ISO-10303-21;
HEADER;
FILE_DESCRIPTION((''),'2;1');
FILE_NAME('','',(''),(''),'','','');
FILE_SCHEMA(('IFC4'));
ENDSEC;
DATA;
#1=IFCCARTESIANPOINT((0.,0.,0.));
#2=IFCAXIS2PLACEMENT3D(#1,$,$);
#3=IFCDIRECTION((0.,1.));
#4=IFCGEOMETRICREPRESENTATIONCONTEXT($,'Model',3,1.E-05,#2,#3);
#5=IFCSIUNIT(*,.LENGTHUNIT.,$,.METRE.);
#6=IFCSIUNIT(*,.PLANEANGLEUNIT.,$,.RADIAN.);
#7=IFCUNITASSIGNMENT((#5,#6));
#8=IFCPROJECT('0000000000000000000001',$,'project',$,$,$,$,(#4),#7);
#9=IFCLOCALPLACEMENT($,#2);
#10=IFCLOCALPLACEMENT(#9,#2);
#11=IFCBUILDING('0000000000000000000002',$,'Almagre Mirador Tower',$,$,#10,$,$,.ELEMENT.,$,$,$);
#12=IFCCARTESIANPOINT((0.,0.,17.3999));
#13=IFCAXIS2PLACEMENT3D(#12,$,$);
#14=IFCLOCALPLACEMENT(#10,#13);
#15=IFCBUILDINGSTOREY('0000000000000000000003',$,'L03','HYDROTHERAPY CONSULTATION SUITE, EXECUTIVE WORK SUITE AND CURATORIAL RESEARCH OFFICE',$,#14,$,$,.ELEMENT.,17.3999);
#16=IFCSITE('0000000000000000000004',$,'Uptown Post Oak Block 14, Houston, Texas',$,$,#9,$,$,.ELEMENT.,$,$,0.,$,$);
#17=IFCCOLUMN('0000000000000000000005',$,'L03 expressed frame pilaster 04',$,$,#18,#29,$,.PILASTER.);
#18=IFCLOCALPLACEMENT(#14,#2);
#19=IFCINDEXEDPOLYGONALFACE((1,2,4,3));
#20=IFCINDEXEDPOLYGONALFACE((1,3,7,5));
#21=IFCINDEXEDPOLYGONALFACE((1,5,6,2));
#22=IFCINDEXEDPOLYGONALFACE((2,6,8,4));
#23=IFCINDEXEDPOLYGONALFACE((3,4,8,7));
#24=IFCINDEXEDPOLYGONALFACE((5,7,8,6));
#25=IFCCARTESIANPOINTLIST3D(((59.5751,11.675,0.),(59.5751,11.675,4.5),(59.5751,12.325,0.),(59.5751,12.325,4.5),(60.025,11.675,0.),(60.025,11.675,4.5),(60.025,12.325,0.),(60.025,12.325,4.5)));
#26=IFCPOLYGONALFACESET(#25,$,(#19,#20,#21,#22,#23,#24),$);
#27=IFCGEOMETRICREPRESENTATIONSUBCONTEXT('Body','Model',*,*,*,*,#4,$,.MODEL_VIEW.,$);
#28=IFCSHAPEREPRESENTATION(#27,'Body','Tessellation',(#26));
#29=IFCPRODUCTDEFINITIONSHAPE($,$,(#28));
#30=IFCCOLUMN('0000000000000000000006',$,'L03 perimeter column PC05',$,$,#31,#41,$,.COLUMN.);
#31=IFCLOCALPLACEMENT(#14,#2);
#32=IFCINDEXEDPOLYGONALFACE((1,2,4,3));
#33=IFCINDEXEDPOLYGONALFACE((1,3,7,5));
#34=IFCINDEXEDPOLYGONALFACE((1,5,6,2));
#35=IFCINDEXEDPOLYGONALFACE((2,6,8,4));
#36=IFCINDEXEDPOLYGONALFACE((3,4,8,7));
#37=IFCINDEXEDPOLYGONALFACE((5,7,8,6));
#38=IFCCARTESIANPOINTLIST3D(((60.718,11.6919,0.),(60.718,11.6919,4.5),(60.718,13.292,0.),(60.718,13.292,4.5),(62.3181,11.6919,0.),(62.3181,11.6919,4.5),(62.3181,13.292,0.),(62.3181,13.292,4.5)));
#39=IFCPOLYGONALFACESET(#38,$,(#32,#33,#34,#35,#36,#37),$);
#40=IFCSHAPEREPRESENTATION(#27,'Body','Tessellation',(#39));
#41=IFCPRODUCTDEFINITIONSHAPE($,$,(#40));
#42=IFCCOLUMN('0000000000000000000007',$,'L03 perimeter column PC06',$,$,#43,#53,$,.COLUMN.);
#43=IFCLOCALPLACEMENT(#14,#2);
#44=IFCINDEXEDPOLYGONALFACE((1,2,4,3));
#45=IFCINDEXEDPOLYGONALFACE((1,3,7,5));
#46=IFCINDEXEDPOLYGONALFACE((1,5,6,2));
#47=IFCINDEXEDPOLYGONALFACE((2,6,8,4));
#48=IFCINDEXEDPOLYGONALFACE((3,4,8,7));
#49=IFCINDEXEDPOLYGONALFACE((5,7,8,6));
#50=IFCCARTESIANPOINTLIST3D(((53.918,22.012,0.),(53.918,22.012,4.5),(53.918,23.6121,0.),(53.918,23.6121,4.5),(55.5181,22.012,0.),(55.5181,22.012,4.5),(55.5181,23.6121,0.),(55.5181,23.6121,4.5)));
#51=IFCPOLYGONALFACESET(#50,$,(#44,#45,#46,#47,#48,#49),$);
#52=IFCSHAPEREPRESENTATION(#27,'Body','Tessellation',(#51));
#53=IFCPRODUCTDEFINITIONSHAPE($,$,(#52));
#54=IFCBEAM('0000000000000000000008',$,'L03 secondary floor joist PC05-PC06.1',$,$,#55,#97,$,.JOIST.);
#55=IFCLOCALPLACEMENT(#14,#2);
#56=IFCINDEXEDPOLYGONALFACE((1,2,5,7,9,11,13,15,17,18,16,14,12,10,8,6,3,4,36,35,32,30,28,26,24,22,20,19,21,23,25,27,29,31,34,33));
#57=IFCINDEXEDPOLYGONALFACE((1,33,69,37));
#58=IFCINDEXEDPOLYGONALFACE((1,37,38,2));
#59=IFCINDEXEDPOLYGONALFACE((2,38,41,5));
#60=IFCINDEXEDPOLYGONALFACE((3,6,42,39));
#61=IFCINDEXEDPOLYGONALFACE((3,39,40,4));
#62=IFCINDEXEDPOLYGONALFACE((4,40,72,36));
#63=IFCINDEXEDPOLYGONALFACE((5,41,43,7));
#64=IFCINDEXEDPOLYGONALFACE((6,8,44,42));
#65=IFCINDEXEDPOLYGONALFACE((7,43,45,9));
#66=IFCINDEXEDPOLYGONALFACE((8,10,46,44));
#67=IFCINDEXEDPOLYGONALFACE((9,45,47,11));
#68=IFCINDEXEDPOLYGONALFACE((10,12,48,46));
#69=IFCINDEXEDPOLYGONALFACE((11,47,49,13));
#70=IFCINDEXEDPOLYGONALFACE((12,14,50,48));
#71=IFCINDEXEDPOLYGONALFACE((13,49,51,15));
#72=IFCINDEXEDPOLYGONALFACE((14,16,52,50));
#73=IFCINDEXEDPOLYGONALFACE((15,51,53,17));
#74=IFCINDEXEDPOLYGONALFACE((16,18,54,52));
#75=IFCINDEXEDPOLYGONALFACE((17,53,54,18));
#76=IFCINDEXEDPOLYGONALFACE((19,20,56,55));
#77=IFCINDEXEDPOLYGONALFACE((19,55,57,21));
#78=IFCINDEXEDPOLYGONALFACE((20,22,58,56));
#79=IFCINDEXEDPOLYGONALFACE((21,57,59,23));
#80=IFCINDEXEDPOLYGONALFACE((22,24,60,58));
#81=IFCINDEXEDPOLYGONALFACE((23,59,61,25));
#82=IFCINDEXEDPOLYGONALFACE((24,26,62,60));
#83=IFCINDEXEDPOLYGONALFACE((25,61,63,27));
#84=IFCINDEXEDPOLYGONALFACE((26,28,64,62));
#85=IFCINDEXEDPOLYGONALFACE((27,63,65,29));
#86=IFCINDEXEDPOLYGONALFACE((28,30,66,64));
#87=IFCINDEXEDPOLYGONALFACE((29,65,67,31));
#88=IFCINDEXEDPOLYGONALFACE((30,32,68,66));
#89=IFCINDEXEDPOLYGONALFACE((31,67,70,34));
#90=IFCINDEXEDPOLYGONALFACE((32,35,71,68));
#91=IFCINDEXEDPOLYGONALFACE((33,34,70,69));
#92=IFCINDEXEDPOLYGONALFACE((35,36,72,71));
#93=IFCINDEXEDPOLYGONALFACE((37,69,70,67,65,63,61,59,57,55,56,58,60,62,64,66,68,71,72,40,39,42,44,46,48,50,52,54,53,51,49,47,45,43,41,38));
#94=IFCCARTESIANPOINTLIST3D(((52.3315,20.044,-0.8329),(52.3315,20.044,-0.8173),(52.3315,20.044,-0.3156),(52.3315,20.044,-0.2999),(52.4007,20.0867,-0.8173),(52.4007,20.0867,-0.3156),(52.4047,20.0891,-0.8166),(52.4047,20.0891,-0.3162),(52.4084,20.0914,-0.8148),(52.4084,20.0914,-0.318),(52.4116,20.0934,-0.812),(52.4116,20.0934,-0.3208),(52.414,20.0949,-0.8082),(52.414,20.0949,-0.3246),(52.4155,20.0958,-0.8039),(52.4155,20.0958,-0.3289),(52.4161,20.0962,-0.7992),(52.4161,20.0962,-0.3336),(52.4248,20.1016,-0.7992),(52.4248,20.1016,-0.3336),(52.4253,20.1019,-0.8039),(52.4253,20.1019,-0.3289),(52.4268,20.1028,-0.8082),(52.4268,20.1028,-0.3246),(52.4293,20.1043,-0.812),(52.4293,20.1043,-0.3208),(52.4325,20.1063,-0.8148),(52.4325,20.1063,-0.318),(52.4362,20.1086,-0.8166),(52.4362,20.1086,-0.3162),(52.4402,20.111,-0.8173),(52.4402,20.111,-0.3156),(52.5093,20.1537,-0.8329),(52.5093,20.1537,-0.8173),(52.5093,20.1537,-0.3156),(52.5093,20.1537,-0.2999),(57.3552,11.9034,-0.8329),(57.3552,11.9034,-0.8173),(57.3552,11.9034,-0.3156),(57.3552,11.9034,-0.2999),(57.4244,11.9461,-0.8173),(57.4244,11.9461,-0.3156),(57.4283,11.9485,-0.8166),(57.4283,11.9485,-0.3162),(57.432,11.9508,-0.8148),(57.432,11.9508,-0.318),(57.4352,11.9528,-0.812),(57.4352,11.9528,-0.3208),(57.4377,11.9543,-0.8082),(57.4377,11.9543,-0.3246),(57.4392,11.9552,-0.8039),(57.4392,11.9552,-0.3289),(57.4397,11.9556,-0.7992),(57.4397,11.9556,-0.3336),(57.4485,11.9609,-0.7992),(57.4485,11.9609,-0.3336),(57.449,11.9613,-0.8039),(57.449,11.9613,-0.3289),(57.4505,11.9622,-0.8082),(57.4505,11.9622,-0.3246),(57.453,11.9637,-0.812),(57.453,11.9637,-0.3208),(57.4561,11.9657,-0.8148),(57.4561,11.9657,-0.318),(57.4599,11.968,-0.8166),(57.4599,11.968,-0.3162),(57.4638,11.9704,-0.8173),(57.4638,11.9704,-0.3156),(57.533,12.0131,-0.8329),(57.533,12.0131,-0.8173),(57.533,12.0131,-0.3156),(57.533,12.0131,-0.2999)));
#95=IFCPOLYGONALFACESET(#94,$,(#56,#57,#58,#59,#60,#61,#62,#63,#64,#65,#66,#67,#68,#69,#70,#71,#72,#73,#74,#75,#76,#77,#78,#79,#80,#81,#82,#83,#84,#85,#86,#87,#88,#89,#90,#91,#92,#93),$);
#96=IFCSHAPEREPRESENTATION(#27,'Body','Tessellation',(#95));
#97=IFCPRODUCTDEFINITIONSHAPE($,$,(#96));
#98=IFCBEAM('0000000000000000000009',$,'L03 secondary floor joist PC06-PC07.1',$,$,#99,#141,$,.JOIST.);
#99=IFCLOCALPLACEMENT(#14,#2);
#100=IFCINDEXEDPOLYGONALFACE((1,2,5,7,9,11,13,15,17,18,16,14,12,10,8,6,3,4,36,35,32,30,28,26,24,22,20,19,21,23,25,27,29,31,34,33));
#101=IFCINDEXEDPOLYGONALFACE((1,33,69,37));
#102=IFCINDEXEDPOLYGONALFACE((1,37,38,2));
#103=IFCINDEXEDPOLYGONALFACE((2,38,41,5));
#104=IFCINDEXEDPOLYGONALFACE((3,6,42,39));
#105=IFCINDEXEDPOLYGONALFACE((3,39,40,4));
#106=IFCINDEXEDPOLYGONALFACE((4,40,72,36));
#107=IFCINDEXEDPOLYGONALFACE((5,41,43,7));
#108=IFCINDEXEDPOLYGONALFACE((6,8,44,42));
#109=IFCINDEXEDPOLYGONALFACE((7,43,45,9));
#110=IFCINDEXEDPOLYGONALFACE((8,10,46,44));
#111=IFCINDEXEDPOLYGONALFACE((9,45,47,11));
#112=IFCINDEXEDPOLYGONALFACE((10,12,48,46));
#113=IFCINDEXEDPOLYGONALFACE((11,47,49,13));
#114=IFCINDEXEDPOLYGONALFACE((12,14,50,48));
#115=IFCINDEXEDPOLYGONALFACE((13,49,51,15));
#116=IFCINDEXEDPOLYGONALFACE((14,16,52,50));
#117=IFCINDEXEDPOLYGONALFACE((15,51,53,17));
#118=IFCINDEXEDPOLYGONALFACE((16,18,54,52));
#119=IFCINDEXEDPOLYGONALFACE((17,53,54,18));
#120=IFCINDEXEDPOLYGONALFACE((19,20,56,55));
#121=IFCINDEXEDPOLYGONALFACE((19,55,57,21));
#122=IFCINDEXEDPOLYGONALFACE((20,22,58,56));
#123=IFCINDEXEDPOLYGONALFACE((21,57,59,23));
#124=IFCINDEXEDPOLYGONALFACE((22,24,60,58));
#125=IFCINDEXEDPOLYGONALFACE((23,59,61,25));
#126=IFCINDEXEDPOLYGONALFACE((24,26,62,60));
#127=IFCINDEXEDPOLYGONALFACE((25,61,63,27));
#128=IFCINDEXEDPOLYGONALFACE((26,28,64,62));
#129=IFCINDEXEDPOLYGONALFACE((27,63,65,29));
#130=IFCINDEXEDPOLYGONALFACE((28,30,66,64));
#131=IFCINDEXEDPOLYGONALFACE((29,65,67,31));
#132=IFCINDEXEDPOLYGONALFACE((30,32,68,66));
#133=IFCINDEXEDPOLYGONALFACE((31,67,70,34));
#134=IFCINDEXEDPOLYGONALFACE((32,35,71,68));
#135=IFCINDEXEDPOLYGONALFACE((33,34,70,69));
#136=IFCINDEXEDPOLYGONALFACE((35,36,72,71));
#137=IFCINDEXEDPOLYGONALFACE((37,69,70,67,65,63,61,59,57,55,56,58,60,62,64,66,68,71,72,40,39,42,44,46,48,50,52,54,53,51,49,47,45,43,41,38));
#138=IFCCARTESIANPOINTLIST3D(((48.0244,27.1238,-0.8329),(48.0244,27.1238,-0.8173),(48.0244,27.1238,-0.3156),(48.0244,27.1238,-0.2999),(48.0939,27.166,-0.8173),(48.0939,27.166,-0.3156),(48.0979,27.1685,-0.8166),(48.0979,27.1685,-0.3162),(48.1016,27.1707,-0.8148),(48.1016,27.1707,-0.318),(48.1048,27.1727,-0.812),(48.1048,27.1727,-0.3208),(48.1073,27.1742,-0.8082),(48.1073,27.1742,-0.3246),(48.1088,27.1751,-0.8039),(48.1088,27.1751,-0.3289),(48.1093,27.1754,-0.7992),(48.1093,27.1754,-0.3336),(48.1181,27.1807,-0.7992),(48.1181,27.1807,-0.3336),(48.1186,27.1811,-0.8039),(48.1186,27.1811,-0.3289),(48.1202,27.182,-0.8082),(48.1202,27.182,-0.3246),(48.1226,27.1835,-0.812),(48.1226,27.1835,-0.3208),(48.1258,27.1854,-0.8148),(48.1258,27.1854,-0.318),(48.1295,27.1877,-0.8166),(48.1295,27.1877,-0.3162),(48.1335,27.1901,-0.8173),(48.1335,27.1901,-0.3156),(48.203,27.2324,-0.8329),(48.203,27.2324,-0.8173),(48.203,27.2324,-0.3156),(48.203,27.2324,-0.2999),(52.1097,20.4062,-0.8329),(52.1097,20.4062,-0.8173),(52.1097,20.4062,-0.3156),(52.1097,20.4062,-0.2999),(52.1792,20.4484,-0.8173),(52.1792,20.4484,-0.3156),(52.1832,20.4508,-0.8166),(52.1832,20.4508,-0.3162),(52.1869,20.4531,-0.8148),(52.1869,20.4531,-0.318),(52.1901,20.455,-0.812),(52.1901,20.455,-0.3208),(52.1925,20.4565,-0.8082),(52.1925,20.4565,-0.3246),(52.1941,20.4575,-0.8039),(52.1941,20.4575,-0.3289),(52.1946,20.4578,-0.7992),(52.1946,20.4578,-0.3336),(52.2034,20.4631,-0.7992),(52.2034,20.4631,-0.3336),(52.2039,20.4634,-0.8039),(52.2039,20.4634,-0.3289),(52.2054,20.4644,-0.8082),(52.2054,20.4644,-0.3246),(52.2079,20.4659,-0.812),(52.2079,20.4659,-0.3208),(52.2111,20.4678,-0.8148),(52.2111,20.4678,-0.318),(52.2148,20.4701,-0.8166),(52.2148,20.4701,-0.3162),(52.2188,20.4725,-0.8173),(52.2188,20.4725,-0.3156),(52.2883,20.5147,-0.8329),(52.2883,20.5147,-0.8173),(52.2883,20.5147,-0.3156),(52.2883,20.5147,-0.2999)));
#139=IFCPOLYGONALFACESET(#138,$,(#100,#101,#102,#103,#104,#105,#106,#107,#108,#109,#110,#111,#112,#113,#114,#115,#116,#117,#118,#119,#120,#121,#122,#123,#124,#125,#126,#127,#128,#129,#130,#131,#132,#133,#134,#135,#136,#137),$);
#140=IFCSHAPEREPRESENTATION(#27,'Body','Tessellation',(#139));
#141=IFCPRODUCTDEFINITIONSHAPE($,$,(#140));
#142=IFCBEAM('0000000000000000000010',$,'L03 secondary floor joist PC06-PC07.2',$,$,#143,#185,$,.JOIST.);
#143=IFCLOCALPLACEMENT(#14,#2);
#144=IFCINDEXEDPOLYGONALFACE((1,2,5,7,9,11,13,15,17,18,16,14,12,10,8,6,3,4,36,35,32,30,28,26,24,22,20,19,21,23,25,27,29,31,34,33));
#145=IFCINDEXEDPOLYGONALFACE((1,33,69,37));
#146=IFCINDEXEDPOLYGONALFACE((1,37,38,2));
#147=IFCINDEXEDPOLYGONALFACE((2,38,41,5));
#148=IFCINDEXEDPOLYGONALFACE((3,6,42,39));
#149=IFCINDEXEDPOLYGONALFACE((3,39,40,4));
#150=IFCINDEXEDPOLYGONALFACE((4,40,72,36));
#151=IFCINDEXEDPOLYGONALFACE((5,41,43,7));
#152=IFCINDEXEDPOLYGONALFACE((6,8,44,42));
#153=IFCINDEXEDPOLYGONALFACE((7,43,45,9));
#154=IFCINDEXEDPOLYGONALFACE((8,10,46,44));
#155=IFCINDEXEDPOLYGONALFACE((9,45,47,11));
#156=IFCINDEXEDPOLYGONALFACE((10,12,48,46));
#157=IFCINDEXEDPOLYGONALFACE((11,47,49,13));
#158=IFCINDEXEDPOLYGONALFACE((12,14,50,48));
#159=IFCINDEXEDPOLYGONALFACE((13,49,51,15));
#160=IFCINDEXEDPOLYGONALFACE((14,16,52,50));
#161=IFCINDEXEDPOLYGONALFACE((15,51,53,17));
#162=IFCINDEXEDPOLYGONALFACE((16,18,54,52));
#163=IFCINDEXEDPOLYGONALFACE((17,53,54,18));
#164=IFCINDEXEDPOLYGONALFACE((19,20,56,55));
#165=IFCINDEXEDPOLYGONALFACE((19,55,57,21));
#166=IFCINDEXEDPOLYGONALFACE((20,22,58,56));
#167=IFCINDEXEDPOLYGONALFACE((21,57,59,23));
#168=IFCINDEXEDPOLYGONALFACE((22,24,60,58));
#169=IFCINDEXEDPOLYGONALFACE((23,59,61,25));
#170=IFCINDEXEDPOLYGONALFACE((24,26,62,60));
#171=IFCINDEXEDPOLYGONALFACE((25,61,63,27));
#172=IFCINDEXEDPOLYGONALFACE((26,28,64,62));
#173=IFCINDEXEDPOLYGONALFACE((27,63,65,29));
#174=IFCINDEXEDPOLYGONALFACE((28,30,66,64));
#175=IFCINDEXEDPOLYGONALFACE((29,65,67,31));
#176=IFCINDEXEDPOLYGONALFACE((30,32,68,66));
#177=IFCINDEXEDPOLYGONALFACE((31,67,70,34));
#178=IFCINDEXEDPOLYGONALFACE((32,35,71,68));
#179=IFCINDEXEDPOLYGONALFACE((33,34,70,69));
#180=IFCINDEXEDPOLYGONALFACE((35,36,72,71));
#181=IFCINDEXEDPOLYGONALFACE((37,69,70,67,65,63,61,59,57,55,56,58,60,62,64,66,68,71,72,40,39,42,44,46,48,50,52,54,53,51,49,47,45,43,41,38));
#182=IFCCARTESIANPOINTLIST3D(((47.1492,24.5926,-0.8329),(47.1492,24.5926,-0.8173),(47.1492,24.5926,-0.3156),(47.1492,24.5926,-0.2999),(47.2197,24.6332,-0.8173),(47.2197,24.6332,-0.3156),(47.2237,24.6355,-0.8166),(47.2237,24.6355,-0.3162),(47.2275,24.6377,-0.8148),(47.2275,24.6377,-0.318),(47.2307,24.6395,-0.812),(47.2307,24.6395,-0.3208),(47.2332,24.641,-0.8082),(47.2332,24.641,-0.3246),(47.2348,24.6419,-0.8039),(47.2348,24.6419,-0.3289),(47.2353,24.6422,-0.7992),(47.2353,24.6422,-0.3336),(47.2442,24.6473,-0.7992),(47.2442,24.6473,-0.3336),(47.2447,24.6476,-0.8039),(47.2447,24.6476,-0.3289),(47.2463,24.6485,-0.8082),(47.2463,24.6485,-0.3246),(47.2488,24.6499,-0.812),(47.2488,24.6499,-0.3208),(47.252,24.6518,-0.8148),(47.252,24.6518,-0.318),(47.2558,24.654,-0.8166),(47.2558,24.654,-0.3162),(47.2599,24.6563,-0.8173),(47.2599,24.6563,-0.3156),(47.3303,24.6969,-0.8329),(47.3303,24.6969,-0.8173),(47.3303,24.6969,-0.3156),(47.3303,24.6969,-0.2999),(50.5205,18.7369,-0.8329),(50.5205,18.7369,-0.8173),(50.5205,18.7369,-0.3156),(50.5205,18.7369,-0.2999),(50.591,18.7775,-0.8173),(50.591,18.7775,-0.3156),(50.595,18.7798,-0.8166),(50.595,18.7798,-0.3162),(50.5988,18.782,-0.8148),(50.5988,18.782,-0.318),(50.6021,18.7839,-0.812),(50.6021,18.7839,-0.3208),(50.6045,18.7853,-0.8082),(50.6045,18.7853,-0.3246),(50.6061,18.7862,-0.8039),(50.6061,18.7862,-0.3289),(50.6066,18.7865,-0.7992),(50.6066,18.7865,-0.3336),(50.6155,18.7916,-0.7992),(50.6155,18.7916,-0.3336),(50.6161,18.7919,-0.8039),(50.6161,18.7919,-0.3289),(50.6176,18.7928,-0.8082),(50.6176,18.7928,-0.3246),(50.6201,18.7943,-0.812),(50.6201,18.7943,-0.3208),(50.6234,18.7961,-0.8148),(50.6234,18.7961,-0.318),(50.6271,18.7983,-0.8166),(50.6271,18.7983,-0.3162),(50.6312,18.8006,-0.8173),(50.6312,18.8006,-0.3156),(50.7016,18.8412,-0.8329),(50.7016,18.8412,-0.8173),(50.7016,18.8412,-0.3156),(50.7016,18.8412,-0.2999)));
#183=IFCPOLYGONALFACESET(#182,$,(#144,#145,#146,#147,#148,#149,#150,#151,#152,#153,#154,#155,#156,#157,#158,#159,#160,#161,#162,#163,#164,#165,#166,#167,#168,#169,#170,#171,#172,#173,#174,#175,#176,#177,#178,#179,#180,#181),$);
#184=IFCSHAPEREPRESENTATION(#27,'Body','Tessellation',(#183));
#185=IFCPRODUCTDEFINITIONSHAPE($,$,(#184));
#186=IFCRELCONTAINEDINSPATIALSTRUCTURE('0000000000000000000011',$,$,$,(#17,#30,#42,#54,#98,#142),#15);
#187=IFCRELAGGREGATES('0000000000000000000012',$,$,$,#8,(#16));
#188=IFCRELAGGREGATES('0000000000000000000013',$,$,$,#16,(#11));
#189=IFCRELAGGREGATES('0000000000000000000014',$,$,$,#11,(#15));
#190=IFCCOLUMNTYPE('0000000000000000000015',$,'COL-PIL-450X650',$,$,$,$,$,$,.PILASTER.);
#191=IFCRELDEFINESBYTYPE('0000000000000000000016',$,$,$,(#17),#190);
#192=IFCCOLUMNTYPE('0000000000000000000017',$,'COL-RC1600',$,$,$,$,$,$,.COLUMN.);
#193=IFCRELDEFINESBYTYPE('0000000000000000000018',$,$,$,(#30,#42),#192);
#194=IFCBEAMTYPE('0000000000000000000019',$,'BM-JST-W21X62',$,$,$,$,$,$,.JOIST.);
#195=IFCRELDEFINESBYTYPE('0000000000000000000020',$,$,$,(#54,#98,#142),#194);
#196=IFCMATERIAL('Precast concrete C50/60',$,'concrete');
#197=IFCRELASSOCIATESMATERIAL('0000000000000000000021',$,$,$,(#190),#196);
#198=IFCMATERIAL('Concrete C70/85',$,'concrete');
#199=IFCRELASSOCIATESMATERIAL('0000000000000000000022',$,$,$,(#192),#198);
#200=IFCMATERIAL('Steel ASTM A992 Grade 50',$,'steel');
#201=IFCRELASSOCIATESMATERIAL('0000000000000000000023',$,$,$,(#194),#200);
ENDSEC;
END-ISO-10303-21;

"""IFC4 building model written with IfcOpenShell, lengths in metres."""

from ifc_helpers import new_model, si_unit, direction, frame, origin, origin_2d, place, context, subcontext, project, spatial, rectangle, i_section, extrude, material, material_profile, profile_set, type_object, element, save


model = new_model("IFC4")

# Units and contexts
model_context = context("Model", 3, precision=1e-05, world=origin(), true_north=direction((0.0, 1.0)))
body_context = subcontext(model_context, "Body", "Model", "MODEL_VIEW")
ifc_project = project(units=[si_unit("LENGTHUNIT", "METRE"), si_unit("PLANEANGLEUNIT", "RADIAN")], contexts=[model_context])

# Site, building, storey
site_placement = place(None, origin())
site = spatial("IfcSite", under=ifc_project, at=site_placement, Name="Uptown Post Oak Block 14, Houston, Texas", CompositionType="ELEMENT", RefElevation=0.0)
building_placement = place(site_placement, origin())
building = spatial("IfcBuilding", under=site, at=building_placement, Name="Almagre Mirador Tower", CompositionType="ELEMENT")
storey_placement = place(building_placement, frame((0.0, 0.0, 17.3999)))
storey = spatial("IfcBuildingStorey", under=building, at=storey_placement, Name="L03", Description="HYDROTHERAPY CONSULTATION SUITE, EXECUTIVE WORK SUITE AND CURATORIAL RESEARCH OFFICE", CompositionType="ELEMENT", Elevation=17.3999)

# Columns
ifc_material_1 = material(Name="Precast concrete C50/60", Category="concrete")
ifc_material_profile_1 = material_profile(ifc_material_1, rectangle(XDim=0.45, YDim=0.6499, at=origin_2d()), Name="RC450X650")
ifc_profile_set_1 = profile_set([ifc_material_profile_1], Name="Precast concrete C50/60")
column_type_1 = type_object("IfcColumnType", Name="COL-PIL-450X650", PredefinedType="PILASTER", material=ifc_profile_set_1)
column_placement = place(storey_placement, frame((59.8, 12.0, 0.0), z_axis=(0.0, 0.0, 1.0), x_axis=(1.0, 0.0, 0.0)))
element("IfcColumn", 1, at=column_placement, inside=storey, type_object=column_type_1, Name="L03 expressed frame pilaster 04", PredefinedType="PILASTER", context=body_context, shape_type="SweptSolid", body=[
    extrude(rectangle(XDim=0.45, YDim=0.6499, at=origin_2d()), origin(), (0.0, 0.0, 1.0), 4.5),
])
ifc_material_2 = material(Name="Concrete C70/85", Category="concrete")
ifc_material_profile_2 = material_profile(ifc_material_2, rectangle(XDim=1.6001, YDim=1.6001, at=origin_2d()), Name="RC1600X1600")
ifc_profile_set_2 = profile_set([ifc_material_profile_2], Name="Concrete C70/85")
column_type_2 = type_object("IfcColumnType", Name="COL-RC1600", PredefinedType="COLUMN", material=ifc_profile_set_2)
for number, where, z_axis, x_axis, name in (
    (2, (61.5181, 12.4919, 0.0), (0.0, 0.0, 1.0), (1.0, 0.0, 0.0), "L03 perimeter column PC05"),
    (3, (54.718, 22.812, 0.0), (0.0, 0.0, 1.0), (1.0, 0.0, 0.0), "L03 perimeter column PC06"),
):
    element("IfcColumn", number, at=place(storey_placement, frame(where, z_axis=z_axis, x_axis=x_axis)), inside=storey, type_object=column_type_2, Name=name, PredefinedType="COLUMN", context=body_context, shape_type="SweptSolid", body=[
        extrude(rectangle(XDim=1.6001, YDim=1.6001, at=origin_2d()), origin(), (0.0, 0.0, 1.0), 4.5),
    ])

# Beams
ifc_material_3 = material(Name="Steel ASTM A992 Grade 50", Category="steel")
ifc_material_profile_3 = material_profile(ifc_material_3, i_section(OverallWidth=0.209, OverallDepth=0.533, WebThickness=0.0103, FlangeThickness=0.0156, FilletRadius=0.0181, at=origin_2d()), Name="W21X62")
ifc_profile_set_3 = profile_set([ifc_material_profile_3], Name="Steel ASTM A992 Grade 50")
beam_type_1 = type_object("IfcBeamType", Name="BM-JST-W21X62", PredefinedType="JOIST", material=ifc_profile_set_3)
beam_1_placement = place(storey_placement, frame((57.4441, 11.9583, -0.5664), z_axis=(-0.525164, 0.851001, 0.0), x_axis=(-0.851001, -0.525164, 0.0)))
element("IfcBeam", 4, at=beam_1_placement, inside=storey, type_object=beam_type_1, Name="L03 secondary floor joist PC05-PC06.1", PredefinedType="JOIST", context=body_context, shape_type="SweptSolid", body=[
    extrude(i_section(OverallWidth=0.209, OverallDepth=0.533, WebThickness=0.0103, FlangeThickness=0.0156, FilletRadius=0.0181, at=origin_2d()), origin(), (0.0, 0.0, 1.0), 9.5659),
])
beam_2_placement = place(storey_placement, frame((52.199, 20.4604, -0.5664), z_axis=(-0.519601, 0.854409, 0.0), x_axis=(-0.854409, -0.519601, 0.0)))
element("IfcBeam", 5, at=beam_2_placement, inside=storey, type_object=beam_type_1, Name="L03 secondary floor joist PC06-PC07.1", PredefinedType="JOIST", context=body_context, shape_type="SweptSolid", body=[
    extrude(i_section(OverallWidth=0.209, OverallDepth=0.533, WebThickness=0.0103, FlangeThickness=0.0156, FilletRadius=0.0181, at=origin_2d()), origin(), (0.0, 0.0, 1.0), 7.8623),
])
beam_3_placement = place(storey_placement, frame((50.6111, 18.7891, -0.5664), z_axis=(-0.49895, 0.866631, 0.0), x_axis=(-0.866631, -0.49895, 0.0)))
element("IfcBeam", 6, at=beam_3_placement, inside=storey, type_object=beam_type_1, Name="L03 secondary floor joist PC06-PC07.2", PredefinedType="JOIST", context=body_context, shape_type="SweptSolid", body=[
    extrude(i_section(OverallWidth=0.209, OverallDepth=0.533, WebThickness=0.0103, FlangeThickness=0.0156, FilletRadius=0.0181, at=origin_2d()), origin(), (0.0, 0.0, 1.0), 6.7568),
])

save(model, "model.ifc")
